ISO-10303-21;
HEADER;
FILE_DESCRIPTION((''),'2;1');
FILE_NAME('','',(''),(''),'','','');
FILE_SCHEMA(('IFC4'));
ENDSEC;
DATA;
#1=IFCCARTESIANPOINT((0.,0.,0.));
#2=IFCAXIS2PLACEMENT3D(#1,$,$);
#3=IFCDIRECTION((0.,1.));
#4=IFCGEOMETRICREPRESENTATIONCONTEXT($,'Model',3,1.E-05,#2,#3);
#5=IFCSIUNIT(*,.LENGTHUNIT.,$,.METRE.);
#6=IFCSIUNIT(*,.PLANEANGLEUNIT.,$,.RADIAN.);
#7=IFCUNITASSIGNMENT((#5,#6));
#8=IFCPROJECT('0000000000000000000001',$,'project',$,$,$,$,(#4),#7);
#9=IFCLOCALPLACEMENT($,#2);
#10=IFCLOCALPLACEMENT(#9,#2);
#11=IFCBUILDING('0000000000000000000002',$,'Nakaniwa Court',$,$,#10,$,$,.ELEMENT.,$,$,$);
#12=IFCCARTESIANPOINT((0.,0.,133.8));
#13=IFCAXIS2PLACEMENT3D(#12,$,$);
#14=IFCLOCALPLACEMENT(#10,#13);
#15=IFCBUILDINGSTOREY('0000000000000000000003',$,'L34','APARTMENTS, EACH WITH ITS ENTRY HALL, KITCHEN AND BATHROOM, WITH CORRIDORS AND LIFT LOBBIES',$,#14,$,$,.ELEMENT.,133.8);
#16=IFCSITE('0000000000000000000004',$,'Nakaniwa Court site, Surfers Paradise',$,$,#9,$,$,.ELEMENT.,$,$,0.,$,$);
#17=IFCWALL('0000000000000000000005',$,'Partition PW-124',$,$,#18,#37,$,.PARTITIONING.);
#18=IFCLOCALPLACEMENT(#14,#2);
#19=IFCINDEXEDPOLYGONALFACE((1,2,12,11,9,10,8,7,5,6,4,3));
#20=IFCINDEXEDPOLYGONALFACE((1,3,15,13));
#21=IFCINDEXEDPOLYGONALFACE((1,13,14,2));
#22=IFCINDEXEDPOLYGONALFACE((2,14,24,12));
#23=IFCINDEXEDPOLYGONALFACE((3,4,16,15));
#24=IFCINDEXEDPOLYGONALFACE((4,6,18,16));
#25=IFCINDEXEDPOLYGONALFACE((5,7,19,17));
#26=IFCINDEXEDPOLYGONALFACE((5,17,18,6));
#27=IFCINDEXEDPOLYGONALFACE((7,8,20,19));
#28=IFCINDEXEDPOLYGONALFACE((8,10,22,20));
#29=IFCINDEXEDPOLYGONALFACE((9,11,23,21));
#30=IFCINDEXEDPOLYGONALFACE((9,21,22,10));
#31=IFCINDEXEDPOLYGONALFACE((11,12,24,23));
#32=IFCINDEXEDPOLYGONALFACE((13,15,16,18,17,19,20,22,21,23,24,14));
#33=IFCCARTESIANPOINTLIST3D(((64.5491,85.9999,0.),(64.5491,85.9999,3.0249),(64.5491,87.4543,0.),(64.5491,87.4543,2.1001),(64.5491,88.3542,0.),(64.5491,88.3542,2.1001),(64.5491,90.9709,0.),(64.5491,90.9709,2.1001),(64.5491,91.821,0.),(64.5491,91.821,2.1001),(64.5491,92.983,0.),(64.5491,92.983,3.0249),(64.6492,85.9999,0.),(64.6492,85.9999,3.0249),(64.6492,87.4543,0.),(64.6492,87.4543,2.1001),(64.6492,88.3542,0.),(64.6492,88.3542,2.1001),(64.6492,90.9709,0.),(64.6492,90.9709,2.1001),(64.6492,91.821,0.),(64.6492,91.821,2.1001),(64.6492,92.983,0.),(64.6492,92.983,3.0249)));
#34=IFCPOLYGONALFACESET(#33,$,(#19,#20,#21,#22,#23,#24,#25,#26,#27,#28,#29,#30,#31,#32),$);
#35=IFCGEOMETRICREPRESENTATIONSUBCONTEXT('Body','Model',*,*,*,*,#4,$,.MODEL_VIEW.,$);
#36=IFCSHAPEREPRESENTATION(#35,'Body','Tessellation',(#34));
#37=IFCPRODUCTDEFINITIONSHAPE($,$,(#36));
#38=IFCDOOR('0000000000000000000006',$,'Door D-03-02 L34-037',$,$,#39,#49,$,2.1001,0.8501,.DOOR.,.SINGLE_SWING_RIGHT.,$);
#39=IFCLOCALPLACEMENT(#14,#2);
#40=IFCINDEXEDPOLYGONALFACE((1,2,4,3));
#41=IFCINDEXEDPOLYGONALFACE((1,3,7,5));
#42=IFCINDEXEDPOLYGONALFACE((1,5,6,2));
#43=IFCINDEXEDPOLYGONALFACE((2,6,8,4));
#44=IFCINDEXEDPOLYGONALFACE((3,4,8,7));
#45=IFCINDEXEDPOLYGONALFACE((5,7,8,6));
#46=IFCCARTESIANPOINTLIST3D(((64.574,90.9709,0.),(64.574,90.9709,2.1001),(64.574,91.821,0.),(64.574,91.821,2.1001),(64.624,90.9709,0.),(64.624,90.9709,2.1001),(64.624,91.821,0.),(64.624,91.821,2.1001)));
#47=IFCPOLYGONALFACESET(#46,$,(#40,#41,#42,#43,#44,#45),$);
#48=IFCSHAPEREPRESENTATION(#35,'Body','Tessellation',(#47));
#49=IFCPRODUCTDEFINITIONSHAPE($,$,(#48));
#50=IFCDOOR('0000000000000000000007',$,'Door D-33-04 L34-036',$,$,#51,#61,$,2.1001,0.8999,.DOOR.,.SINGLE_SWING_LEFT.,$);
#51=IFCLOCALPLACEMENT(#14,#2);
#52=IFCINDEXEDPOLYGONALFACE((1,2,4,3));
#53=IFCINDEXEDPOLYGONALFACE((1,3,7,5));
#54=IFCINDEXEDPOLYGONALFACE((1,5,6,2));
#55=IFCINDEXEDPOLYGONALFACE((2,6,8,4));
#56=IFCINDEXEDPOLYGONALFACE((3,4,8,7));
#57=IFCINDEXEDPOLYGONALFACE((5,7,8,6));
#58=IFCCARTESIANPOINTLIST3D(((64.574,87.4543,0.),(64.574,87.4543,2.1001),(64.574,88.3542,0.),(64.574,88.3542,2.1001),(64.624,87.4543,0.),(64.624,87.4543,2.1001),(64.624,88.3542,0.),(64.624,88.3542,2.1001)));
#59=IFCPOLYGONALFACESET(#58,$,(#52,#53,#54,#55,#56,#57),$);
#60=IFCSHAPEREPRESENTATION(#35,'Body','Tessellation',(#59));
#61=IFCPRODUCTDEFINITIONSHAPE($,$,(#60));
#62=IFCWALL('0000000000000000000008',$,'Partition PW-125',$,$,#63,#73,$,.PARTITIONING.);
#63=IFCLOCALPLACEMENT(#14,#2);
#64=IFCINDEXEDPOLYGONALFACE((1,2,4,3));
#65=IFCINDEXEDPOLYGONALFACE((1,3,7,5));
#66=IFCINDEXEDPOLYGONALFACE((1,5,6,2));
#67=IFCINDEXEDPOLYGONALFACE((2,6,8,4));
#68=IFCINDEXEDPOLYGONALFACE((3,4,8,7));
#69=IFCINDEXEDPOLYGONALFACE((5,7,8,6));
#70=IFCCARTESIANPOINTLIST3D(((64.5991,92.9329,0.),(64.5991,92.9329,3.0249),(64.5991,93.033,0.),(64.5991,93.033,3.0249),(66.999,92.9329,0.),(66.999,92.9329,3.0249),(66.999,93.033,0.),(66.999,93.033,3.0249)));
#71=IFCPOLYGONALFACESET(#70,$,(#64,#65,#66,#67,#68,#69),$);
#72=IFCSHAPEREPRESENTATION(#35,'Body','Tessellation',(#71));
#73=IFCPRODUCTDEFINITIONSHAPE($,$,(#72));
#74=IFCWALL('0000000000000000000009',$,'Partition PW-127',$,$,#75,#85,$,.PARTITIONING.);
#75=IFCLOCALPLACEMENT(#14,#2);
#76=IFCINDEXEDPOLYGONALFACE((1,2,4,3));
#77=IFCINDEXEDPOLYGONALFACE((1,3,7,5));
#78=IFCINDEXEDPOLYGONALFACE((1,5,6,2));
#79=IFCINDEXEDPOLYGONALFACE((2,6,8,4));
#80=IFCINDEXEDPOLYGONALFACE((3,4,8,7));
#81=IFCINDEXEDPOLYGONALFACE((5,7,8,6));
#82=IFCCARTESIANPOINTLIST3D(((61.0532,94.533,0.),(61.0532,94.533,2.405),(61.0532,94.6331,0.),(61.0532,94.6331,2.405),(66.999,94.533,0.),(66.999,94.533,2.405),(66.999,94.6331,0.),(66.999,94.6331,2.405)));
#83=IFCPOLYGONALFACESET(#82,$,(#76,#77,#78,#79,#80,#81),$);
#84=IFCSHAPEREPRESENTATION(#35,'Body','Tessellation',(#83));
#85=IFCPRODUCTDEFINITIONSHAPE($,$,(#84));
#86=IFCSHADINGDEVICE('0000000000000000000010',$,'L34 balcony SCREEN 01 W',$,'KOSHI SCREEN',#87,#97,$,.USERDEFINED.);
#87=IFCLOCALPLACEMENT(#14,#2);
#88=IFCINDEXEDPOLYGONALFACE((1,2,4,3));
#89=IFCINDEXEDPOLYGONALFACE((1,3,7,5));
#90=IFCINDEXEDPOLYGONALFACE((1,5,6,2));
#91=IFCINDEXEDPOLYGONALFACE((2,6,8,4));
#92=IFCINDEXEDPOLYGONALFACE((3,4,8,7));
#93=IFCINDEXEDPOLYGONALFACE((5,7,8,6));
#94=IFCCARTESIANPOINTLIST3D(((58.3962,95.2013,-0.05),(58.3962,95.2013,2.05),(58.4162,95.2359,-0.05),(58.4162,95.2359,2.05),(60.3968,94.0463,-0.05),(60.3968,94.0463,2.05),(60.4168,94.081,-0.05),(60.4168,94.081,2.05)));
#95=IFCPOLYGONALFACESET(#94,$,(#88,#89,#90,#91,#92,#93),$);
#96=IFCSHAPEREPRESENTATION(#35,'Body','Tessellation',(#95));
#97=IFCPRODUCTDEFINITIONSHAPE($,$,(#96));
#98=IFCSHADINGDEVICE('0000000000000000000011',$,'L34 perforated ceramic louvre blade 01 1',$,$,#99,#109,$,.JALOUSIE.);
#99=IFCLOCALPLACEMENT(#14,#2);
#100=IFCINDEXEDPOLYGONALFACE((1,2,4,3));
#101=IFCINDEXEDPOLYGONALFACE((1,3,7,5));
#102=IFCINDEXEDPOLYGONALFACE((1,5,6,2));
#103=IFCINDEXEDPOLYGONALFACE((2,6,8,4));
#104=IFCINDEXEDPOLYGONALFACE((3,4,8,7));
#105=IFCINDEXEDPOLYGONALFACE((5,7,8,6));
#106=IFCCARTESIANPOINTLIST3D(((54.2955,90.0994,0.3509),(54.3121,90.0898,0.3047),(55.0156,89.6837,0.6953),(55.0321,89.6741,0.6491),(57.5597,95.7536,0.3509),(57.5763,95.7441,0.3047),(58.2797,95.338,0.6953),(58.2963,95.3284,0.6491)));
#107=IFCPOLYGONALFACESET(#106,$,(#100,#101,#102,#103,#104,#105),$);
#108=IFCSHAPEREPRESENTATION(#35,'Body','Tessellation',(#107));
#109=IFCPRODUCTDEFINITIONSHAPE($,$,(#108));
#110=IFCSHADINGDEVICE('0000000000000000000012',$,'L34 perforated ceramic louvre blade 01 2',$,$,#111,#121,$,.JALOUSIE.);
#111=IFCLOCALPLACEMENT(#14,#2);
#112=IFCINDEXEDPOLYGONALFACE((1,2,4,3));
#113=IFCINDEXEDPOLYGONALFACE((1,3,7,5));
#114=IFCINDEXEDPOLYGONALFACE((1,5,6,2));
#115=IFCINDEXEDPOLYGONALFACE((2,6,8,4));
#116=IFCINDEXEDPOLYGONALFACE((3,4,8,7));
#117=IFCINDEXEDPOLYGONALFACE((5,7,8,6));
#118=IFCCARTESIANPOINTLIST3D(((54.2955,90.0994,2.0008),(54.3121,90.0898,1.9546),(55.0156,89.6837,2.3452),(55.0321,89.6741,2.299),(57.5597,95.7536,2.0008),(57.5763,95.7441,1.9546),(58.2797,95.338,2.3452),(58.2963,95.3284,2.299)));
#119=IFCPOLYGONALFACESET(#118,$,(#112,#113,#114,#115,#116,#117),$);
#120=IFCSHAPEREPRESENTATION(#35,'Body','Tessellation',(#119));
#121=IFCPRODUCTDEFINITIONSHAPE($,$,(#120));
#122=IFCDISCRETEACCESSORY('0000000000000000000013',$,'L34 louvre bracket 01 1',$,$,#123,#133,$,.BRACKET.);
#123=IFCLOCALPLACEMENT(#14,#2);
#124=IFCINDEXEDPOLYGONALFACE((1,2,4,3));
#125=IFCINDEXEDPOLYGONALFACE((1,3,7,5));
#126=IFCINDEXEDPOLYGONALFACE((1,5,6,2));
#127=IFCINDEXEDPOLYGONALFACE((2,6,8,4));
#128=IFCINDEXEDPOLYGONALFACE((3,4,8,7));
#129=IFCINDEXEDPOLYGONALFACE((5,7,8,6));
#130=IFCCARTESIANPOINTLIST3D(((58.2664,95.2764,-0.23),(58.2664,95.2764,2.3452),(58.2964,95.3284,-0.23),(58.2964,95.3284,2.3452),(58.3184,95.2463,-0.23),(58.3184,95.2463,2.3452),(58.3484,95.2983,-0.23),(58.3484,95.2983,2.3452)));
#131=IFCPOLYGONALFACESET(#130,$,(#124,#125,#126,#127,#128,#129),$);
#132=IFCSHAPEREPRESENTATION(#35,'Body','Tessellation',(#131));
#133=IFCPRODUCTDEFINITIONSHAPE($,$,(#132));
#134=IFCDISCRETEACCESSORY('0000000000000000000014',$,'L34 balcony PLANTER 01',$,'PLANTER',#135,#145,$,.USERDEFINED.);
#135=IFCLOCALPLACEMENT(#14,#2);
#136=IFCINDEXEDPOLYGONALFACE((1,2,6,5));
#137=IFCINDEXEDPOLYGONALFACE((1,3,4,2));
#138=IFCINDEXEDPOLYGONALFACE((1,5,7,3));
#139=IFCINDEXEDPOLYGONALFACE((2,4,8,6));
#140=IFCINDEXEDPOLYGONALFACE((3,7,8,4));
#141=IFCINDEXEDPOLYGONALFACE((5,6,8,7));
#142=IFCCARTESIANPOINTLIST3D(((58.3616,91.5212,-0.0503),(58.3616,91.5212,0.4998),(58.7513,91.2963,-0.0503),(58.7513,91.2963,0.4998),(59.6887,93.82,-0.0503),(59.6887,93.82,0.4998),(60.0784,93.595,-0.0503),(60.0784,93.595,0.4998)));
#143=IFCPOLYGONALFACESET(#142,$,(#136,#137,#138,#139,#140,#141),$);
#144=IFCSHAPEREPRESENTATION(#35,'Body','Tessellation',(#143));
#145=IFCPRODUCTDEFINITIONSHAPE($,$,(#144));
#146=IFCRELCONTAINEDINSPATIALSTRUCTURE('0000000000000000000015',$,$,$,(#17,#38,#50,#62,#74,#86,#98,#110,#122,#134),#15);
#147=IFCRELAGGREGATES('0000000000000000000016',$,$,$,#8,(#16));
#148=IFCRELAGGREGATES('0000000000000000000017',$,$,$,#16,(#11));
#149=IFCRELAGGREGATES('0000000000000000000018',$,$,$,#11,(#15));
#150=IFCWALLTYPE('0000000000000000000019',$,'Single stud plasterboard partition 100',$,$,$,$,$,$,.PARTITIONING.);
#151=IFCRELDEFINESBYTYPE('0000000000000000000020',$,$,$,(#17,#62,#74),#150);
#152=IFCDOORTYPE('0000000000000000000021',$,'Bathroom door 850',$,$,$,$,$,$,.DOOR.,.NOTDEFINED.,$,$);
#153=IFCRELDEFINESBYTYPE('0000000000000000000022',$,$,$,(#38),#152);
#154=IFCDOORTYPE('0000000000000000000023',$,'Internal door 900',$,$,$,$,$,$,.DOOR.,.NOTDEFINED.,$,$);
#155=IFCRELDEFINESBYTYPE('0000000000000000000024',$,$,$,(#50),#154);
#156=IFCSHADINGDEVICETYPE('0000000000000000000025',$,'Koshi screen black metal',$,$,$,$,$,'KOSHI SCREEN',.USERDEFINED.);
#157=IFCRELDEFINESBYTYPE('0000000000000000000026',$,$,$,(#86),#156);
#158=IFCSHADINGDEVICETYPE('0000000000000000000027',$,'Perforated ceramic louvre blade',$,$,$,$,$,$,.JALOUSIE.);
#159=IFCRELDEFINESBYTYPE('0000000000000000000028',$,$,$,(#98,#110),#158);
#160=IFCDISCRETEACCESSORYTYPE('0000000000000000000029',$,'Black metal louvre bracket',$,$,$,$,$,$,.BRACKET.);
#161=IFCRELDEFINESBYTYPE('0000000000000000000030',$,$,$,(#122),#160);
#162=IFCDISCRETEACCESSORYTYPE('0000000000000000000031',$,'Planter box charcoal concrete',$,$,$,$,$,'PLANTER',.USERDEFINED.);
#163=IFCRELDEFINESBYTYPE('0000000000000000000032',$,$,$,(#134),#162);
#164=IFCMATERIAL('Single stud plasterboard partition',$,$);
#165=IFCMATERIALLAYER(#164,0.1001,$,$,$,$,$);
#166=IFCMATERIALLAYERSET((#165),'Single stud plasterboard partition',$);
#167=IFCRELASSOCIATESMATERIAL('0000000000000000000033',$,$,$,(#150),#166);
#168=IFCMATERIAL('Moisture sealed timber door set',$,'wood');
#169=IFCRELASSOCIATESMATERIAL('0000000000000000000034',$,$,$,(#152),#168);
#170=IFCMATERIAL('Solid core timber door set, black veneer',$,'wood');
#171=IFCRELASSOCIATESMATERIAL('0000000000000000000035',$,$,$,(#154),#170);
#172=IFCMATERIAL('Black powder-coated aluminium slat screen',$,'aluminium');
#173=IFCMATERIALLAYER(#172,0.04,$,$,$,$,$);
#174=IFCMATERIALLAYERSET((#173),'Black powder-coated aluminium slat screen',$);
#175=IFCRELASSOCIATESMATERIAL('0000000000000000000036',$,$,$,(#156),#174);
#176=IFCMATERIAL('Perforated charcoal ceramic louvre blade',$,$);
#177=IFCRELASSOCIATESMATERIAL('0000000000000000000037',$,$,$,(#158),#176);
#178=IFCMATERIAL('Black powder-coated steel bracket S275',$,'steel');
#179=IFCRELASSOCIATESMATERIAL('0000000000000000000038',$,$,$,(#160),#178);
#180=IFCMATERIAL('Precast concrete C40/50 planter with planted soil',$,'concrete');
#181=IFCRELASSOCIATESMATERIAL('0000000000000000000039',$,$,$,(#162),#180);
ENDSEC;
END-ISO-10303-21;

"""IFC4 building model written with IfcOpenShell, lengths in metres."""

from ifc_helpers import new_model, si_unit, direction, frame, frame_2d, origin, origin_2d, place, context, subcontext, project, spatial, rectangle, extrude, material, layer, layer_set, material_profile, profile_set, type_object, element, fill, save


model = new_model("IFC4")

# Units and contexts
model_context = context("Model", 3, precision=1e-05, world=origin(), true_north=direction((0.0, 1.0)))
body_context = subcontext(model_context, "Body", "Model", "MODEL_VIEW")
ifc_project = project(units=[si_unit("LENGTHUNIT", "METRE"), si_unit("PLANEANGLEUNIT", "RADIAN")], contexts=[model_context])

# Site, building, storey
site_placement = place(None, origin())
site = spatial("IfcSite", under=ifc_project, at=site_placement, Name="Nakaniwa Court site, Surfers Paradise", CompositionType="ELEMENT", RefElevation=0.0)
building_placement = place(site_placement, origin())
building = spatial("IfcBuilding", under=site, at=building_placement, Name="Nakaniwa Court", CompositionType="ELEMENT")
storey_placement = place(building_placement, frame((0.0, 0.0, 133.8)))
storey = spatial("IfcBuildingStorey", under=building, at=storey_placement, Name="L34", Description="APARTMENTS, EACH WITH ITS ENTRY HALL, KITCHEN AND BATHROOM, WITH CORRIDORS AND LIFT LOBBIES", CompositionType="ELEMENT", Elevation=133.8)

# Shared definitions
ifc_material_1 = material(Name="Solid core timber door set, black veneer", Category="wood")

# Wall, openings, doors
ifc_material_2 = material(Name="Single stud plasterboard partition")
ifc_layer_1 = layer(ifc_material_2, 0.1001)
ifc_layer_set_1 = layer_set([ifc_layer_1], Name="Single stud plasterboard partition")
wall_type_1 = type_object("IfcWallType", Name="Single stud plasterboard partition 100", PredefinedType="PARTITIONING", material=ifc_layer_set_1)
wall_1_placement = place(storey_placement, frame((64.5991, 92.9832, 0.0), z_axis=(0.0, 0.0, 1.0), x_axis=(0.0, -1.0, 0.0)))
wall_1 = element("IfcWall", 1, at=wall_1_placement, inside=storey, type_object=wall_type_1, Name="Partition PW-124", PredefinedType="PARTITIONING", context=body_context, shape_type="SweptSolid", body=[
    extrude(rectangle(XDim=6.9832, YDim=0.1001, at=frame_2d((3.4917, 0.0))), origin(), (0.0, 0.0, 1.0), 3.0249),
])
opening_1_placement = place(wall_1_placement, frame((4.6289, 0.0, 0.0)))
opening_1 = element("IfcOpeningElement", 2, at=opening_1_placement, cuts=wall_1, PredefinedType="OPENING", context=body_context, shape_type="SweptSolid", body=[
    extrude(rectangle(XDim=0.8999, YDim=2.1001, at=frame_2d((0.45, 1.05))), frame((0.0, 0.0601, 0.0), z_axis=(0.0, -1.0, 0.0), x_axis=(1.0, 0.0, 0.0)), (0.0, 0.0, 1.0), 0.1201),
])
opening_2_placement = place(wall_1_placement, frame((1.1621, 0.0, 0.0)))
opening_2 = element("IfcOpeningElement", 3, at=opening_2_placement, cuts=wall_1, PredefinedType="OPENING", context=body_context, shape_type="SweptSolid", body=[
    extrude(rectangle(XDim=0.8501, YDim=2.1001, at=frame_2d((0.425, 1.05))), frame((0.0, 0.0601, 0.0), z_axis=(0.0, -1.0, 0.0), x_axis=(1.0, 0.0, 0.0)), (0.0, 0.0, 1.0), 0.1201),
])
ifc_material_3 = material(Name="Moisture sealed timber door set", Category="wood")
door_type_1 = type_object("IfcDoorType", Name="Bathroom door 850", OperationType="NOTDEFINED", PredefinedType="DOOR", material=ifc_material_3)
door_1_placement = place(opening_2_placement, origin())
door_1 = element("IfcDoor", 4, at=door_1_placement, inside=storey, type_object=door_type_1, Name="Door D-03-02 L34-037", OperationType="SINGLE_SWING_RIGHT", OverallHeight=2.1001, OverallWidth=0.8501, PredefinedType="DOOR", context=body_context, shape_type="SweptSolid", body=[
    extrude(rectangle(XDim=0.8501, YDim=2.1001, at=frame_2d((0.425, 1.05))), frame((0.0, 0.0249, 0.0), z_axis=(0.0, -1.0, 0.0), x_axis=(1.0, 0.0, 0.0)), (0.0, 0.0, 1.0), 0.05),
])
fill(opening_2, door_1)
door_type_2 = type_object("IfcDoorType", Name="Internal door 900", OperationType="NOTDEFINED", PredefinedType="DOOR", material=ifc_material_1)
door_2_placement = place(opening_1_placement, origin())
door_2 = element("IfcDoor", 5, at=door_2_placement, inside=storey, type_object=door_type_2, Name="Door D-33-04 L34-036", OperationType="SINGLE_SWING_LEFT", OverallHeight=2.1001, OverallWidth=0.8999, PredefinedType="DOOR", context=body_context, shape_type="SweptSolid", body=[
    extrude(rectangle(XDim=0.8999, YDim=2.1001, at=frame_2d((0.45, 1.05))), frame((0.0, 0.0249, 0.0), z_axis=(0.0, -1.0, 0.0), x_axis=(1.0, 0.0, 0.0)), (0.0, 0.0, 1.0), 0.05),
])
fill(opening_1, door_2)

# Walls
wall_2_placement = place(storey_placement, frame((64.5991, 92.9829, 0.0), z_axis=(0.0, 0.0, 1.0), x_axis=(1.0, 0.0, 0.0)))
element("IfcWall", 6, at=wall_2_placement, inside=storey, type_object=wall_type_1, Name="Partition PW-125", PredefinedType="PARTITIONING", context=body_context, shape_type="SweptSolid", body=[
    extrude(rectangle(XDim=2.3999, YDim=0.1001, at=frame_2d((1.2, 0.0))), origin(), (0.0, 0.0, 1.0), 3.0249),
])
wall_3_placement = place(storey_placement, frame((61.0532, 94.583, 0.0), z_axis=(0.0, 0.0, 1.0), x_axis=(1.0, 0.0, 0.0)))
element("IfcWall", 7, at=wall_3_placement, inside=storey, type_object=wall_type_1, Name="Partition PW-127", PredefinedType="PARTITIONING", context=body_context, shape_type="SweptSolid", body=[
    extrude(rectangle(XDim=5.9458, YDim=0.1001, at=frame_2d((2.9729, 0.0))), origin(), (0.0, 0.0, 1.0), 2.405),
])

# Shading devices
ifc_material_4 = material(Name="Black powder-coated aluminium slat screen", Category="aluminium")
ifc_layer_2 = layer(ifc_material_4, 0.04)
ifc_layer_set_2 = layer_set([ifc_layer_2], Name="Black powder-coated aluminium slat screen")
shading_device_type_1 = type_object("IfcShadingDeviceType", Name="Koshi screen black metal", ElementType="KOSHI SCREEN", PredefinedType="USERDEFINED", material=ifc_layer_set_2)
shading_device_placement = place(storey_placement, frame((59.4065, 94.6411, -0.05), z_axis=(0.0, 0.0, 1.0), x_axis=(-0.499976, -0.866039, 0.0)))
element("IfcShadingDevice", 8, at=shading_device_placement, inside=storey, type_object=shading_device_type_1, Name="L34 balcony SCREEN 01 W", ObjectType="KOSHI SCREEN", PredefinedType="USERDEFINED", context=body_context, shape_type="SweptSolid", body=[
    extrude(rectangle(XDim=0.04, YDim=2.3101, at=origin_2d()), origin(), (0.0, 0.0, 1.0), 2.1001),
])
ifc_material_5 = material(Name="Perforated charcoal ceramic louvre blade")
ifc_material_profile_1 = material_profile(ifc_material_5, rectangle(XDim=0.8999, YDim=0.05, at=origin_2d()), Name="Perforated ceramic louvre blade")
ifc_profile_set_1 = profile_set([ifc_material_profile_1], Name="Perforated charcoal ceramic louvre blade")
shading_device_type_2 = type_object("IfcShadingDeviceType", Name="Perforated ceramic louvre blade", PredefinedType="JALOUSIE", material=ifc_profile_set_1)
for number, where, z_axis, x_axis, name in (
    (9, (57.928, 95.541, 0.5), (-0.49996, -0.866049, 0.0), (0.800125, -0.461903, 0.382683), "L34 perforated ceramic louvre blade 01 1"),
    (10, (57.928, 95.541, 2.1499), (-0.49996, -0.866049, 0.0), (0.800125, -0.461903, 0.382683), "L34 perforated ceramic louvre blade 01 2"),
):
    element("IfcShadingDevice", number, at=place(storey_placement, frame(where, z_axis=z_axis, x_axis=x_axis)), inside=storey, type_object=shading_device_type_2, Name=name, PredefinedType="JALOUSIE", context=body_context, shape_type="SweptSolid", body=[
        extrude(rectangle(XDim=0.8999, YDim=0.05, at=origin_2d()), origin(), (0.0, 0.0, 1.0), 6.5288),
    ])

# Discrete accessories
ifc_material_6 = material(Name="Black powder-coated steel bracket S275", Category="steel")
discrete_accessory_type_1 = type_object("IfcDiscreteAccessoryType", Name="Black metal louvre bracket", PredefinedType="BRACKET", material=ifc_material_6)
discrete_accessory_1_placement = place(storey_placement, frame((58.3074, 95.2874, -0.23), z_axis=(0.0, 0.0, 1.0), x_axis=(-0.499976, -0.866039, 0.0)))
element("IfcDiscreteAccessory", 11, at=discrete_accessory_1_placement, inside=storey, type_object=discrete_accessory_type_1, Name="L34 louvre bracket 01 1", PredefinedType="BRACKET", context=body_context, shape_type="SweptSolid", body=[
    extrude(rectangle(XDim=0.0601, YDim=0.0601, at=origin_2d()), origin(), (0.0, 0.0, 1.0), 2.5752),
])
ifc_material_7 = material(Name="Precast concrete C40/50 planter with planted soil", Category="concrete")
discrete_accessory_type_2 = type_object("IfcDiscreteAccessoryType", Name="Planter box charcoal concrete", ElementType="PLANTER", PredefinedType="USERDEFINED", material=ifc_material_7)
discrete_accessory_2_placement = place(storey_placement, frame((59.22, 92.5581, -0.0503), z_axis=(0.0, 0.0, 1.0), x_axis=(-0.499976, -0.866039, 0.0)))
element("IfcDiscreteAccessory", 12, at=discrete_accessory_2_placement, inside=storey, type_object=discrete_accessory_type_2, Name="L34 balcony PLANTER 01", ObjectType="PLANTER", PredefinedType="USERDEFINED", context=body_context, shape_type="SweptSolid", body=[
    extrude(rectangle(XDim=2.6543, YDim=0.45, at=origin_2d()), origin(), (0.0, 0.0, 1.0), 0.55),
])

save(model, "model.ifc")
